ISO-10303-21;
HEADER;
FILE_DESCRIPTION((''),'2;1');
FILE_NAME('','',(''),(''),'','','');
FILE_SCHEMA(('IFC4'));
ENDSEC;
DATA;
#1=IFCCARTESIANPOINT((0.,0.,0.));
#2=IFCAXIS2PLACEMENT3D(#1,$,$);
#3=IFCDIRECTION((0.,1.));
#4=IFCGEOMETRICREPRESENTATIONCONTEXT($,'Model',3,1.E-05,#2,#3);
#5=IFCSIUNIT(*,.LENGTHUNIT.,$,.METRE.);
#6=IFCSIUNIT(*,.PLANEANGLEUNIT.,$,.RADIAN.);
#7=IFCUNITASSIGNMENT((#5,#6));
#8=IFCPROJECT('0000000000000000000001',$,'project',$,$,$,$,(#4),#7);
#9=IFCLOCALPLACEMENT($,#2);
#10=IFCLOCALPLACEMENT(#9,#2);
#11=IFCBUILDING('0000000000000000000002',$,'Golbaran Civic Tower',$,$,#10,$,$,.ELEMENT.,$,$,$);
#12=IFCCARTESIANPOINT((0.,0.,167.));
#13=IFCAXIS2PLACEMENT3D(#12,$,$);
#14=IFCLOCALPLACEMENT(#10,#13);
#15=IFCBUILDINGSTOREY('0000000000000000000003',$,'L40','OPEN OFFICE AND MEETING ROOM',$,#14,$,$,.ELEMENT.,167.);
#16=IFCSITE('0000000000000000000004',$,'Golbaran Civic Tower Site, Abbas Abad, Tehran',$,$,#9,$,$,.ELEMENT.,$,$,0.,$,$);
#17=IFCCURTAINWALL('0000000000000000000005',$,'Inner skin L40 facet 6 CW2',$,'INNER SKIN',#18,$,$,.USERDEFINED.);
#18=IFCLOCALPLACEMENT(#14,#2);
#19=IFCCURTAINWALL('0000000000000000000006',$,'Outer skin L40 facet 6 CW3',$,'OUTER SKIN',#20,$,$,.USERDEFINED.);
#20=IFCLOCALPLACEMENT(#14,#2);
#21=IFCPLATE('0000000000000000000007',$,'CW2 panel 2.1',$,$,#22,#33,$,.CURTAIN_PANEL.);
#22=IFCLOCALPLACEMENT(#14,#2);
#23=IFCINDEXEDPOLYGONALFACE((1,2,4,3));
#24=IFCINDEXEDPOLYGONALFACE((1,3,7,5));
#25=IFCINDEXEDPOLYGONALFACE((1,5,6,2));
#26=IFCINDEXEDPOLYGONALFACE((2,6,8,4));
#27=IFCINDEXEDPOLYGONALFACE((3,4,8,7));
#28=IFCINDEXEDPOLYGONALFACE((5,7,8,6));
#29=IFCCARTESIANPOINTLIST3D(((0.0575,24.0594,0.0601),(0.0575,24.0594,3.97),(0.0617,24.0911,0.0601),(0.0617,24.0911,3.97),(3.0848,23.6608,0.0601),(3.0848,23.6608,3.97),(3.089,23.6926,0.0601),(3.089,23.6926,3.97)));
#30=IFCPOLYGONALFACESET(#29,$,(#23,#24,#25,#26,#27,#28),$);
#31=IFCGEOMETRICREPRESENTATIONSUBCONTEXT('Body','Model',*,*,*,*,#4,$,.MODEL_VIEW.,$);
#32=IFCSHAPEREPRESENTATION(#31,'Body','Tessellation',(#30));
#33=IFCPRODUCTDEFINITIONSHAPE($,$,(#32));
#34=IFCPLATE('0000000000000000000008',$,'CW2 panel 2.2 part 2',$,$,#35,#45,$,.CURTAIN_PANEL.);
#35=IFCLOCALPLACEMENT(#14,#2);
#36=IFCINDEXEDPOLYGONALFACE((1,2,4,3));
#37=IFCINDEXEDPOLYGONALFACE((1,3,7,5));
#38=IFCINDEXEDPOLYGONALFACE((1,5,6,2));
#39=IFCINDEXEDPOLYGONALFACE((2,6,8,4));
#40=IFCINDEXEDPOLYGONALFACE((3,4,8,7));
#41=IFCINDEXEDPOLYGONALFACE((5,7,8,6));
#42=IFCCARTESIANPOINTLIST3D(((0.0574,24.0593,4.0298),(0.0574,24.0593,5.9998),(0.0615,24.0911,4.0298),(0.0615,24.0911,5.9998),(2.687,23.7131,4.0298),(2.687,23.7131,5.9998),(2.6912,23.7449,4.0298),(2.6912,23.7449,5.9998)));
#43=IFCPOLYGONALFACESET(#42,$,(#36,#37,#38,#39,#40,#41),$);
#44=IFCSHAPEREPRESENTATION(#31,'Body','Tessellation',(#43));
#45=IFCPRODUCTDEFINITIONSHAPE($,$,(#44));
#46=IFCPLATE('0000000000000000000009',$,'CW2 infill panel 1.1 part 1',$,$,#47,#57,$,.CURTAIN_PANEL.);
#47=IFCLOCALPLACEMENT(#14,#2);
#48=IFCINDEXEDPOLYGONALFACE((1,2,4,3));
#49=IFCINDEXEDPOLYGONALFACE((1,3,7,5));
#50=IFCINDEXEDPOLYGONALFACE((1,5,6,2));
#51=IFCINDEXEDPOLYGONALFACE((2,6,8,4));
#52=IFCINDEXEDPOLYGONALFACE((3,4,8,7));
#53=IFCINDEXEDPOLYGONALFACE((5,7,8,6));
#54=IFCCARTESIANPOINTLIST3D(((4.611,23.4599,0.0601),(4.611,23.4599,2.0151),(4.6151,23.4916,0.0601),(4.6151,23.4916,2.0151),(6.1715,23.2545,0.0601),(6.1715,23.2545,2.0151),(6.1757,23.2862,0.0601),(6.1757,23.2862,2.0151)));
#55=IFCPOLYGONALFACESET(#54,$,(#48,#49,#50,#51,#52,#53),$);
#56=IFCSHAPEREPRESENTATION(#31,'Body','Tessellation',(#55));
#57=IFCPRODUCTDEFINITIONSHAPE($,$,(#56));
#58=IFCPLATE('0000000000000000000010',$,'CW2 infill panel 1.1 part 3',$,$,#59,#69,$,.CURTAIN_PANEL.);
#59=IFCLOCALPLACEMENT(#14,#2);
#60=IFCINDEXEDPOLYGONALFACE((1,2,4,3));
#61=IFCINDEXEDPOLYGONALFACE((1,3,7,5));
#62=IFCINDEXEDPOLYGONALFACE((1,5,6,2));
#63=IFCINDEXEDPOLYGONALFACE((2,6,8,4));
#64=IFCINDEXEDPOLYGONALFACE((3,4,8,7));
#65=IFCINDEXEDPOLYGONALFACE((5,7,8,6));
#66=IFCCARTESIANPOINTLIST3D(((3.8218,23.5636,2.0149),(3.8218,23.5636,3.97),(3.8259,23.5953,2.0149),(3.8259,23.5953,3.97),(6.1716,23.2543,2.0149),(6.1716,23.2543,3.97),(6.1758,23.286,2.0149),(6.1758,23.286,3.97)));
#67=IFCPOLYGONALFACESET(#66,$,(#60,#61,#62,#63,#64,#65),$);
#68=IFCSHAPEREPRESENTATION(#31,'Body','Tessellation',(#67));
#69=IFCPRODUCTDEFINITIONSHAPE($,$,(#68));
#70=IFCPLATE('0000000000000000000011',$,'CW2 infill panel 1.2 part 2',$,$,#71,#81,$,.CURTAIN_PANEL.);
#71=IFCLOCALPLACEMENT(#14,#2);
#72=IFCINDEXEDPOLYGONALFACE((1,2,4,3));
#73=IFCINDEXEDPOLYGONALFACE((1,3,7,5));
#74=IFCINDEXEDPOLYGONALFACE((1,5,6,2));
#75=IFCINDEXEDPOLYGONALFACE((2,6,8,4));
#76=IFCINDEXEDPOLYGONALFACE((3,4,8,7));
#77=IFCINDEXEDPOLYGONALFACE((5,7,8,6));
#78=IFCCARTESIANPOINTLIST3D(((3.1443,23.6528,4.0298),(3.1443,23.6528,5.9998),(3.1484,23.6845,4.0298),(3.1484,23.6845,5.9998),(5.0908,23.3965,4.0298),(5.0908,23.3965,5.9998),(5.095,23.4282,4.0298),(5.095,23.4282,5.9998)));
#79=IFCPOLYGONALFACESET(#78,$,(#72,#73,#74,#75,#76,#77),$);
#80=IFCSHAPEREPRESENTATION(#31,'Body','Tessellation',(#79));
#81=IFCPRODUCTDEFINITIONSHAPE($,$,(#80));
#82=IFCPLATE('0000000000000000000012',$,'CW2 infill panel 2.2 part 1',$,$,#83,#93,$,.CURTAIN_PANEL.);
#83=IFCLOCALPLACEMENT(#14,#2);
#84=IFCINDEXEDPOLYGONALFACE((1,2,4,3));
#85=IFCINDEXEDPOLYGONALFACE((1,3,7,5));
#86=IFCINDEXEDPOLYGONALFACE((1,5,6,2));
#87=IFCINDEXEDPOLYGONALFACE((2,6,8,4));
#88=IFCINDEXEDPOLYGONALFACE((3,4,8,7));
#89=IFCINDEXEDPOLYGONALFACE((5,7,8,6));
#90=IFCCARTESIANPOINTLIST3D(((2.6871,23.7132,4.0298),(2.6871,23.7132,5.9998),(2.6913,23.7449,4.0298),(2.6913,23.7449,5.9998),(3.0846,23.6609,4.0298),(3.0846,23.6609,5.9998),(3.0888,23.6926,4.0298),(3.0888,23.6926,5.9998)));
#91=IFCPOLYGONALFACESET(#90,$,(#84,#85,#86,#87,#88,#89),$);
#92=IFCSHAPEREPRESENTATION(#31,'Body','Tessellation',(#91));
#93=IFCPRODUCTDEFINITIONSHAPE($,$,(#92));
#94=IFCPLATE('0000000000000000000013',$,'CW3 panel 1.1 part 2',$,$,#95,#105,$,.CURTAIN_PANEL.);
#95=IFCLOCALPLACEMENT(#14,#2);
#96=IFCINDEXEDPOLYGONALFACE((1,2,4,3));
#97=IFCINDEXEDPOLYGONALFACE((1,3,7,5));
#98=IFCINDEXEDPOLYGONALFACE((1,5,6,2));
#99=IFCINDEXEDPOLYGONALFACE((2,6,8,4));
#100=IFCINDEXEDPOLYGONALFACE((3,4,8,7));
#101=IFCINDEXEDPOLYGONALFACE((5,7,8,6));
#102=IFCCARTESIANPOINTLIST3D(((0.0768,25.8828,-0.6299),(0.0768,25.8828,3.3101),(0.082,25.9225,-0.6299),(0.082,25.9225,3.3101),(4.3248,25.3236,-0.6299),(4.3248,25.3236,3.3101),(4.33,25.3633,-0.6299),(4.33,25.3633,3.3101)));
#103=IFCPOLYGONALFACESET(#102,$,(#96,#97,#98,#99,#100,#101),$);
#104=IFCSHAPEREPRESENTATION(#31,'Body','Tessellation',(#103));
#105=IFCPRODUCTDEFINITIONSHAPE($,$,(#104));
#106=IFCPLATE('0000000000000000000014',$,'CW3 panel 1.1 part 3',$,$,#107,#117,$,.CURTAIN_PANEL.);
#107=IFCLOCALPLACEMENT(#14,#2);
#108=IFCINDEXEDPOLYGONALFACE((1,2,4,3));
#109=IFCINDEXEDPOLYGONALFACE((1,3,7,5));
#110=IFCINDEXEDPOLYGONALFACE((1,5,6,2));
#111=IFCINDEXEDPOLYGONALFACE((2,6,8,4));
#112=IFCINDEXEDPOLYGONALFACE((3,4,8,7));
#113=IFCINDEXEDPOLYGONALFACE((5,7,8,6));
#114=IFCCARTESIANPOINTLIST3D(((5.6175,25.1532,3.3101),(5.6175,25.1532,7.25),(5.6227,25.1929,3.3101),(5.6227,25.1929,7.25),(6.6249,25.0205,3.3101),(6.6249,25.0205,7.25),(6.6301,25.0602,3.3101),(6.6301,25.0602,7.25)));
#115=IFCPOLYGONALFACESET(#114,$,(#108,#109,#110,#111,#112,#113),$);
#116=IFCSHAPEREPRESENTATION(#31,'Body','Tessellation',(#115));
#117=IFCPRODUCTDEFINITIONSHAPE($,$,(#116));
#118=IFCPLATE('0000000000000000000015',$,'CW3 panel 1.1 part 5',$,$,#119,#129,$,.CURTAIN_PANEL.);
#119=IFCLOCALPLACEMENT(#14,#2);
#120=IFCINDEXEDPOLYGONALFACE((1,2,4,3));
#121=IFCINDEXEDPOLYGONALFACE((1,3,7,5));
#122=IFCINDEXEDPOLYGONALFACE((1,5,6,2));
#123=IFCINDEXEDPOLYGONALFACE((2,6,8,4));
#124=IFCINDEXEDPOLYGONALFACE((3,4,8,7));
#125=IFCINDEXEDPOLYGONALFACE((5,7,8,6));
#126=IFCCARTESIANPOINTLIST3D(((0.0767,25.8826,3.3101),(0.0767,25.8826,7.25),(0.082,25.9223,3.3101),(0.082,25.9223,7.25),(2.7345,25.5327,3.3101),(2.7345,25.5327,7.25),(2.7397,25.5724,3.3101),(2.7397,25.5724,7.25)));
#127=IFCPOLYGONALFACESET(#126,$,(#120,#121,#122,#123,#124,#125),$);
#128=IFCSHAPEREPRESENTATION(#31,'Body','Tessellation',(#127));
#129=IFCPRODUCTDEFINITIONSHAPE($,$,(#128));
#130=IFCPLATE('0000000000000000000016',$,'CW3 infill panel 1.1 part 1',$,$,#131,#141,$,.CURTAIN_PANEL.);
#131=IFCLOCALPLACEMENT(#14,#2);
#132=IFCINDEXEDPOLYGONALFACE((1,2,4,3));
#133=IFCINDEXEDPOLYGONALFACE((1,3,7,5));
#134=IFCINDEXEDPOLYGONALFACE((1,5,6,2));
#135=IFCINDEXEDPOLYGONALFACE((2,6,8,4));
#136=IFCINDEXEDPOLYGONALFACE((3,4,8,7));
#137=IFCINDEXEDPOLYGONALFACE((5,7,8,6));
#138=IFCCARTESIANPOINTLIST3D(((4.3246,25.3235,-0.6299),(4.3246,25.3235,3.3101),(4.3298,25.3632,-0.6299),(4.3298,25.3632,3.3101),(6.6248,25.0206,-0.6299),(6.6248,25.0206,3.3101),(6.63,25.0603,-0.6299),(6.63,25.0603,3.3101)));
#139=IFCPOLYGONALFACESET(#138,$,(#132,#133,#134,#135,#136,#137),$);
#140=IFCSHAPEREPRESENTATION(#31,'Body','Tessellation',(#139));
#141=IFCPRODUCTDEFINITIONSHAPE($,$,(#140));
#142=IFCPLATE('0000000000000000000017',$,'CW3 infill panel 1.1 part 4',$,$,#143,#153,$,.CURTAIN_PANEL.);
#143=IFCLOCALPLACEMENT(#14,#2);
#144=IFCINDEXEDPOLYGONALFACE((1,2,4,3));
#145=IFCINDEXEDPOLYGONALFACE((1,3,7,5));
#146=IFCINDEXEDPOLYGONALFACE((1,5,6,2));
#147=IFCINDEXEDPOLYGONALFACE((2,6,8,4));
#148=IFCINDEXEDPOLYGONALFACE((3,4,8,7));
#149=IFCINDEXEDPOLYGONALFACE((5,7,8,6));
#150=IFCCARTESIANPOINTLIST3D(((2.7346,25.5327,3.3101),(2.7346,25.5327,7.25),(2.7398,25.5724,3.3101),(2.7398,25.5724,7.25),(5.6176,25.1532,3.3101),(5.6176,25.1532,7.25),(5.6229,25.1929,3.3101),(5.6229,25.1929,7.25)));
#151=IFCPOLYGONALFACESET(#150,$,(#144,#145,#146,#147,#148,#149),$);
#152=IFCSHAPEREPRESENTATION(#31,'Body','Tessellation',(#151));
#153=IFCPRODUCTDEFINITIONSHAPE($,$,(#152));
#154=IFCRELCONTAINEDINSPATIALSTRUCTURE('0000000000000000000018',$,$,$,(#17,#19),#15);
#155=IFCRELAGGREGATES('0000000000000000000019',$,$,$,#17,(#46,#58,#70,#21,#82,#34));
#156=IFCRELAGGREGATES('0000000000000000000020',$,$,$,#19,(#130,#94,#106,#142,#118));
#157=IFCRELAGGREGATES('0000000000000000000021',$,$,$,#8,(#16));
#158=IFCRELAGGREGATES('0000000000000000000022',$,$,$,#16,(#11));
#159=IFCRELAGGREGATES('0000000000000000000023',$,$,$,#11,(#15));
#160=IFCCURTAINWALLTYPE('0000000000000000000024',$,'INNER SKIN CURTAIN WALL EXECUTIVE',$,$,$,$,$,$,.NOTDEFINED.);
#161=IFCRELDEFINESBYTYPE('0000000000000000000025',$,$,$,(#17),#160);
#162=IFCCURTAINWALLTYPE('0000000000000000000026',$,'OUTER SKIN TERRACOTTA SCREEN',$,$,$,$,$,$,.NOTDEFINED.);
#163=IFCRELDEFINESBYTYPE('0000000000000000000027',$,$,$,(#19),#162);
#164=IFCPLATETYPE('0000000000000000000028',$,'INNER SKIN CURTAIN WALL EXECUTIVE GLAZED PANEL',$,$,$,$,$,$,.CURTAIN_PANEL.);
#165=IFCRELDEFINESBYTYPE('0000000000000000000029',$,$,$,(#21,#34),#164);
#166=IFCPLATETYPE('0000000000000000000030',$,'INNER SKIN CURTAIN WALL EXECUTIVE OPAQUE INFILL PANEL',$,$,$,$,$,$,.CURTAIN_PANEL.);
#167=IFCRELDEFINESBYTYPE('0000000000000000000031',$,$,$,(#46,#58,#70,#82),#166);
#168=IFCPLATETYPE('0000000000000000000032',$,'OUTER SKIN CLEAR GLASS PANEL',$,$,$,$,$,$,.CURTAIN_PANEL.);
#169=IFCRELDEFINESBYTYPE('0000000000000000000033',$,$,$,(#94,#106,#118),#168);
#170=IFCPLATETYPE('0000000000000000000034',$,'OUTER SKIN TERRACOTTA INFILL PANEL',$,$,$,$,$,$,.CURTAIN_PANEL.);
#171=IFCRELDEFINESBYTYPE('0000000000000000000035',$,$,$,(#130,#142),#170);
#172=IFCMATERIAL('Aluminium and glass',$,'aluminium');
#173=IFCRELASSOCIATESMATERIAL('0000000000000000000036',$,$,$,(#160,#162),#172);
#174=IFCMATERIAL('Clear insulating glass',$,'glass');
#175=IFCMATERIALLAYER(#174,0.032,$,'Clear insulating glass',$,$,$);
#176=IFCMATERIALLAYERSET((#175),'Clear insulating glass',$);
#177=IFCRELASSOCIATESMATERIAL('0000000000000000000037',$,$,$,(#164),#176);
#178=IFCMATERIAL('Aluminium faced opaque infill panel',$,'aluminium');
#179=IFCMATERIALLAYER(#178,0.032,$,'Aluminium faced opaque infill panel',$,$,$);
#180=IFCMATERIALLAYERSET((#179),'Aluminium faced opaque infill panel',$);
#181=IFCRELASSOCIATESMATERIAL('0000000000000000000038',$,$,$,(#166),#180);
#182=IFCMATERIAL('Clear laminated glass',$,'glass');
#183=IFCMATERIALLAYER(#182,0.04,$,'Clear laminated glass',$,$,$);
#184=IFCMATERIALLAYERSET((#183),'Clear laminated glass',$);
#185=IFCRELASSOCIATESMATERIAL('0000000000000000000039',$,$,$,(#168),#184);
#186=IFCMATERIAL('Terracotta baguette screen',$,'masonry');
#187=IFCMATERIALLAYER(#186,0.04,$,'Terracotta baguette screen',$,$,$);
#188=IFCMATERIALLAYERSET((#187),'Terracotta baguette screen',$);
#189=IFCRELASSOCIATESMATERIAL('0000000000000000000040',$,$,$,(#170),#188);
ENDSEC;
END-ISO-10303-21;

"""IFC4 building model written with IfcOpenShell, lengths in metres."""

from ifc_helpers import new_model, si_unit, direction, frame, origin, origin_2d, place, context, subcontext, project, spatial, rectangle, extrude, material, layer, layer_set, type_object, element, aggregate, save


model = new_model("IFC4")

# Units and contexts
model_context = context("Model", 3, precision=1e-05, world=origin(), true_north=direction((0.0, 1.0)))
body_context = subcontext(model_context, "Body", "Model", "MODEL_VIEW")
ifc_project = project(units=[si_unit("LENGTHUNIT", "METRE"), si_unit("PLANEANGLEUNIT", "RADIAN")], contexts=[model_context])

# Site, building, storey
site_placement = place(None, origin())
site = spatial("IfcSite", under=ifc_project, at=site_placement, Name="Golbaran Civic Tower Site, Abbas Abad, Tehran", CompositionType="ELEMENT", RefElevation=0.0)
building_placement = place(site_placement, origin())
building = spatial("IfcBuilding", under=site, at=building_placement, Name="Golbaran Civic Tower", CompositionType="ELEMENT")
storey_placement = place(building_placement, frame((0.0, 0.0, 167.0)))
storey = spatial("IfcBuildingStorey", under=building, at=storey_placement, Name="L40", Description="OPEN OFFICE AND MEETING ROOM", CompositionType="ELEMENT", Elevation=167.0)

# Curtain wall
ifc_material_1 = material(Name="Aluminium and glass", Category="aluminium")
curtain_wall_type_1 = type_object("IfcCurtainWallType", Name="INNER SKIN CURTAIN WALL EXECUTIVE", PredefinedType="NOTDEFINED", material=ifc_material_1)
curtain_wall_1_placement = place(storey_placement, origin())
curtain_wall_1 = element("IfcCurtainWall", 1, at=curtain_wall_1_placement, inside=storey, type_object=curtain_wall_type_1, Name="Inner skin L40 facet 6 CW2", ObjectType="INNER SKIN", PredefinedType="USERDEFINED")

# Curtain wall
curtain_wall_type_2 = type_object("IfcCurtainWallType", Name="OUTER SKIN TERRACOTTA SCREEN", PredefinedType="NOTDEFINED", material=ifc_material_1)
curtain_wall_2_placement = place(storey_placement, origin())
curtain_wall_2 = element("IfcCurtainWall", 2, at=curtain_wall_2_placement, inside=storey, type_object=curtain_wall_type_2, Name="Outer skin L40 facet 6 CW3", ObjectType="OUTER SKIN", PredefinedType="USERDEFINED")

# Plates
ifc_material_2 = material(Name="Clear insulating glass", Category="glass")
ifc_layer_1 = layer(ifc_material_2, 0.032, Name="Clear insulating glass")
ifc_layer_set_1 = layer_set([ifc_layer_1], Name="Clear insulating glass")
plate_type_1 = type_object("IfcPlateType", Name="INNER SKIN CURTAIN WALL EXECUTIVE GLAZED PANEL", PredefinedType="CURTAIN_PANEL", material=ifc_layer_set_1)
plate_1_placement = place(storey_placement, frame((1.5732, 23.876, 0.0601), z_axis=(0.0, 0.0, 1.0), x_axis=(-0.991445, 0.130526, 0.0)))
plate_1 = element("IfcPlate", 3, at=plate_1_placement, type_object=plate_type_1, Name="CW2 panel 2.1", PredefinedType="CURTAIN_PANEL", context=body_context, shape_type="SweptSolid", body=[
    extrude(rectangle(XDim=3.0535, YDim=0.032, at=origin_2d()), origin(), (0.0, 0.0, 1.0), 3.9099),
])
plate_2_placement = place(storey_placement, frame((1.3743, 23.9021, 4.0298), z_axis=(0.0, 0.0, 1.0), x_axis=(-0.991445, 0.130526, 0.0)))
plate_2 = element("IfcPlate", 4, at=plate_2_placement, type_object=plate_type_1, Name="CW2 panel 2.2 part 2", PredefinedType="CURTAIN_PANEL", context=body_context, shape_type="SweptSolid", body=[
    extrude(rectangle(XDim=2.6523, YDim=0.032, at=origin_2d()), origin(), (0.0, 0.0, 1.0), 1.97),
])
ifc_material_3 = material(Name="Aluminium faced opaque infill panel", Category="aluminium")
ifc_layer_2 = layer(ifc_material_3, 0.032, Name="Aluminium faced opaque infill panel")
ifc_layer_set_2 = layer_set([ifc_layer_2], Name="Aluminium faced opaque infill panel")
plate_type_2 = type_object("IfcPlateType", Name="INNER SKIN CURTAIN WALL EXECUTIVE OPAQUE INFILL PANEL", PredefinedType="CURTAIN_PANEL", material=ifc_layer_set_2)
plate_3_placement = place(storey_placement, frame((5.3933, 23.373, 0.0601), z_axis=(0.0, 0.0, 1.0), x_axis=(-0.991445, 0.130526, 0.0)))
plate_3 = element("IfcPlate", 5, at=plate_3_placement, type_object=plate_type_2, Name="CW2 infill panel 1.1 part 1", PredefinedType="CURTAIN_PANEL", context=body_context, shape_type="SweptSolid", body=[
    extrude(rectangle(XDim=1.574, YDim=0.032, at=origin_2d()), origin(), (0.0, 0.0, 1.0), 1.9551),
])
plate_4_placement = place(storey_placement, frame((4.9988, 23.4248, 2.0149), z_axis=(0.0, 0.0, 1.0), x_axis=(-0.991445, 0.130526, 0.0)))
plate_4 = element("IfcPlate", 6, at=plate_4_placement, type_object=plate_type_2, Name="CW2 infill panel 1.1 part 3", PredefinedType="CURTAIN_PANEL", context=body_context, shape_type="SweptSolid", body=[
    extrude(rectangle(XDim=2.3701, YDim=0.032, at=origin_2d()), origin(), (0.0, 0.0, 1.0), 1.9551),
])
plate_5_placement = place(storey_placement, frame((4.1196, 23.5405, 4.0298), z_axis=(0.0, 0.0, 1.0), x_axis=(-0.991445, 0.130526, 0.0)))
plate_5 = element("IfcPlate", 7, at=plate_5_placement, type_object=plate_type_2, Name="CW2 infill panel 1.2 part 2", PredefinedType="CURTAIN_PANEL", context=body_context, shape_type="SweptSolid", body=[
    extrude(rectangle(XDim=1.9634, YDim=0.032, at=origin_2d()), origin(), (0.0, 0.0, 1.0), 1.97),
])
plate_6_placement = place(storey_placement, frame((2.8879, 23.7029, 4.0298), z_axis=(0.0, 0.0, 1.0), x_axis=(-0.991445, 0.130526, 0.0)))
plate_6 = element("IfcPlate", 8, at=plate_6_placement, type_object=plate_type_2, Name="CW2 infill panel 2.2 part 1", PredefinedType="CURTAIN_PANEL", context=body_context, shape_type="SweptSolid", body=[
    extrude(rectangle(XDim=0.4009, YDim=0.032, at=origin_2d()), origin(), (0.0, 0.0, 1.0), 1.97),
])
aggregate(curtain_wall_1, [plate_3, plate_4, plate_5, plate_1, plate_6, plate_2])
ifc_material_4 = material(Name="Clear laminated glass", Category="glass")
ifc_layer_3 = layer(ifc_material_4, 0.04, Name="Clear laminated glass")
ifc_layer_set_3 = layer_set([ifc_layer_3], Name="Clear laminated glass")
plate_type_3 = type_object("IfcPlateType", Name="OUTER SKIN CLEAR GLASS PANEL", PredefinedType="CURTAIN_PANEL", material=ifc_layer_set_3)
plate_7_placement = place(storey_placement, frame((2.2034, 25.623, -0.6299), z_axis=(0.0, 0.0, 1.0), x_axis=(-0.991445, 0.130526, 0.0)))
plate_7 = element("IfcPlate", 9, at=plate_7_placement, type_object=plate_type_3, Name="CW3 panel 1.1 part 2", PredefinedType="CURTAIN_PANEL", context=body_context, shape_type="SweptSolid", body=[
    extrude(rectangle(XDim=4.2847, YDim=0.04, at=origin_2d()), origin(), (0.0, 0.0, 1.0), 3.9399),
])
plate_8_placement = place(storey_placement, frame((6.1238, 25.1067, 3.3101), z_axis=(0.0, 0.0, 1.0), x_axis=(-0.991445, 0.130526, 0.0)))
plate_8 = element("IfcPlate", 10, at=plate_8_placement, type_object=plate_type_3, Name="CW3 panel 1.1 part 3", PredefinedType="CURTAIN_PANEL", context=body_context, shape_type="SweptSolid", body=[
    extrude(rectangle(XDim=1.0161, YDim=0.04, at=origin_2d()), origin(), (0.0, 0.0, 1.0), 3.9399),
])
plate_9_placement = place(storey_placement, frame((1.4082, 25.7275, 3.3101), z_axis=(0.0, 0.0, 1.0), x_axis=(-0.991445, 0.130526, 0.0)))
plate_9 = element("IfcPlate", 11, at=plate_9_placement, type_object=plate_type_3, Name="CW3 panel 1.1 part 5", PredefinedType="CURTAIN_PANEL", context=body_context, shape_type="SweptSolid", body=[
    extrude(rectangle(XDim=2.6807, YDim=0.04, at=origin_2d()), origin(), (0.0, 0.0, 1.0), 3.9399),
])
ifc_material_5 = material(Name="Terracotta baguette screen", Category="masonry")
ifc_layer_4 = layer(ifc_material_5, 0.04, Name="Terracotta baguette screen")
ifc_layer_set_4 = layer_set([ifc_layer_4], Name="Terracotta baguette screen")
plate_type_4 = type_object("IfcPlateType", Name="OUTER SKIN TERRACOTTA INFILL PANEL", PredefinedType="CURTAIN_PANEL", material=ifc_layer_set_4)
plate_10_placement = place(storey_placement, frame((5.4773, 25.1919, -0.6299), z_axis=(0.0, 0.0, 1.0), x_axis=(-0.991445, 0.130526, 0.0)))
plate_10 = element("IfcPlate", 12, at=plate_10_placement, type_object=plate_type_4, Name="CW3 infill panel 1.1 part 1", PredefinedType="CURTAIN_PANEL", context=body_context, shape_type="SweptSolid", body=[
    extrude(rectangle(XDim=2.3201, YDim=0.04, at=origin_2d()), origin(), (0.0, 0.0, 1.0), 3.9399),
])
plate_11_placement = place(storey_placement, frame((4.1787, 25.3628, 3.3101), z_axis=(0.0, 0.0, 1.0), x_axis=(-0.991445, 0.130526, 0.0)))
plate_11 = element("IfcPlate", 13, at=plate_11_placement, type_object=plate_type_4, Name="CW3 infill panel 1.1 part 4", PredefinedType="CURTAIN_PANEL", context=body_context, shape_type="SweptSolid", body=[
    extrude(rectangle(XDim=2.908, YDim=0.04, at=origin_2d()), origin(), (0.0, 0.0, 1.0), 3.9399),
])
aggregate(curtain_wall_2, [plate_10, plate_7, plate_8, plate_11, plate_9])

save(model, "model.ifc")
